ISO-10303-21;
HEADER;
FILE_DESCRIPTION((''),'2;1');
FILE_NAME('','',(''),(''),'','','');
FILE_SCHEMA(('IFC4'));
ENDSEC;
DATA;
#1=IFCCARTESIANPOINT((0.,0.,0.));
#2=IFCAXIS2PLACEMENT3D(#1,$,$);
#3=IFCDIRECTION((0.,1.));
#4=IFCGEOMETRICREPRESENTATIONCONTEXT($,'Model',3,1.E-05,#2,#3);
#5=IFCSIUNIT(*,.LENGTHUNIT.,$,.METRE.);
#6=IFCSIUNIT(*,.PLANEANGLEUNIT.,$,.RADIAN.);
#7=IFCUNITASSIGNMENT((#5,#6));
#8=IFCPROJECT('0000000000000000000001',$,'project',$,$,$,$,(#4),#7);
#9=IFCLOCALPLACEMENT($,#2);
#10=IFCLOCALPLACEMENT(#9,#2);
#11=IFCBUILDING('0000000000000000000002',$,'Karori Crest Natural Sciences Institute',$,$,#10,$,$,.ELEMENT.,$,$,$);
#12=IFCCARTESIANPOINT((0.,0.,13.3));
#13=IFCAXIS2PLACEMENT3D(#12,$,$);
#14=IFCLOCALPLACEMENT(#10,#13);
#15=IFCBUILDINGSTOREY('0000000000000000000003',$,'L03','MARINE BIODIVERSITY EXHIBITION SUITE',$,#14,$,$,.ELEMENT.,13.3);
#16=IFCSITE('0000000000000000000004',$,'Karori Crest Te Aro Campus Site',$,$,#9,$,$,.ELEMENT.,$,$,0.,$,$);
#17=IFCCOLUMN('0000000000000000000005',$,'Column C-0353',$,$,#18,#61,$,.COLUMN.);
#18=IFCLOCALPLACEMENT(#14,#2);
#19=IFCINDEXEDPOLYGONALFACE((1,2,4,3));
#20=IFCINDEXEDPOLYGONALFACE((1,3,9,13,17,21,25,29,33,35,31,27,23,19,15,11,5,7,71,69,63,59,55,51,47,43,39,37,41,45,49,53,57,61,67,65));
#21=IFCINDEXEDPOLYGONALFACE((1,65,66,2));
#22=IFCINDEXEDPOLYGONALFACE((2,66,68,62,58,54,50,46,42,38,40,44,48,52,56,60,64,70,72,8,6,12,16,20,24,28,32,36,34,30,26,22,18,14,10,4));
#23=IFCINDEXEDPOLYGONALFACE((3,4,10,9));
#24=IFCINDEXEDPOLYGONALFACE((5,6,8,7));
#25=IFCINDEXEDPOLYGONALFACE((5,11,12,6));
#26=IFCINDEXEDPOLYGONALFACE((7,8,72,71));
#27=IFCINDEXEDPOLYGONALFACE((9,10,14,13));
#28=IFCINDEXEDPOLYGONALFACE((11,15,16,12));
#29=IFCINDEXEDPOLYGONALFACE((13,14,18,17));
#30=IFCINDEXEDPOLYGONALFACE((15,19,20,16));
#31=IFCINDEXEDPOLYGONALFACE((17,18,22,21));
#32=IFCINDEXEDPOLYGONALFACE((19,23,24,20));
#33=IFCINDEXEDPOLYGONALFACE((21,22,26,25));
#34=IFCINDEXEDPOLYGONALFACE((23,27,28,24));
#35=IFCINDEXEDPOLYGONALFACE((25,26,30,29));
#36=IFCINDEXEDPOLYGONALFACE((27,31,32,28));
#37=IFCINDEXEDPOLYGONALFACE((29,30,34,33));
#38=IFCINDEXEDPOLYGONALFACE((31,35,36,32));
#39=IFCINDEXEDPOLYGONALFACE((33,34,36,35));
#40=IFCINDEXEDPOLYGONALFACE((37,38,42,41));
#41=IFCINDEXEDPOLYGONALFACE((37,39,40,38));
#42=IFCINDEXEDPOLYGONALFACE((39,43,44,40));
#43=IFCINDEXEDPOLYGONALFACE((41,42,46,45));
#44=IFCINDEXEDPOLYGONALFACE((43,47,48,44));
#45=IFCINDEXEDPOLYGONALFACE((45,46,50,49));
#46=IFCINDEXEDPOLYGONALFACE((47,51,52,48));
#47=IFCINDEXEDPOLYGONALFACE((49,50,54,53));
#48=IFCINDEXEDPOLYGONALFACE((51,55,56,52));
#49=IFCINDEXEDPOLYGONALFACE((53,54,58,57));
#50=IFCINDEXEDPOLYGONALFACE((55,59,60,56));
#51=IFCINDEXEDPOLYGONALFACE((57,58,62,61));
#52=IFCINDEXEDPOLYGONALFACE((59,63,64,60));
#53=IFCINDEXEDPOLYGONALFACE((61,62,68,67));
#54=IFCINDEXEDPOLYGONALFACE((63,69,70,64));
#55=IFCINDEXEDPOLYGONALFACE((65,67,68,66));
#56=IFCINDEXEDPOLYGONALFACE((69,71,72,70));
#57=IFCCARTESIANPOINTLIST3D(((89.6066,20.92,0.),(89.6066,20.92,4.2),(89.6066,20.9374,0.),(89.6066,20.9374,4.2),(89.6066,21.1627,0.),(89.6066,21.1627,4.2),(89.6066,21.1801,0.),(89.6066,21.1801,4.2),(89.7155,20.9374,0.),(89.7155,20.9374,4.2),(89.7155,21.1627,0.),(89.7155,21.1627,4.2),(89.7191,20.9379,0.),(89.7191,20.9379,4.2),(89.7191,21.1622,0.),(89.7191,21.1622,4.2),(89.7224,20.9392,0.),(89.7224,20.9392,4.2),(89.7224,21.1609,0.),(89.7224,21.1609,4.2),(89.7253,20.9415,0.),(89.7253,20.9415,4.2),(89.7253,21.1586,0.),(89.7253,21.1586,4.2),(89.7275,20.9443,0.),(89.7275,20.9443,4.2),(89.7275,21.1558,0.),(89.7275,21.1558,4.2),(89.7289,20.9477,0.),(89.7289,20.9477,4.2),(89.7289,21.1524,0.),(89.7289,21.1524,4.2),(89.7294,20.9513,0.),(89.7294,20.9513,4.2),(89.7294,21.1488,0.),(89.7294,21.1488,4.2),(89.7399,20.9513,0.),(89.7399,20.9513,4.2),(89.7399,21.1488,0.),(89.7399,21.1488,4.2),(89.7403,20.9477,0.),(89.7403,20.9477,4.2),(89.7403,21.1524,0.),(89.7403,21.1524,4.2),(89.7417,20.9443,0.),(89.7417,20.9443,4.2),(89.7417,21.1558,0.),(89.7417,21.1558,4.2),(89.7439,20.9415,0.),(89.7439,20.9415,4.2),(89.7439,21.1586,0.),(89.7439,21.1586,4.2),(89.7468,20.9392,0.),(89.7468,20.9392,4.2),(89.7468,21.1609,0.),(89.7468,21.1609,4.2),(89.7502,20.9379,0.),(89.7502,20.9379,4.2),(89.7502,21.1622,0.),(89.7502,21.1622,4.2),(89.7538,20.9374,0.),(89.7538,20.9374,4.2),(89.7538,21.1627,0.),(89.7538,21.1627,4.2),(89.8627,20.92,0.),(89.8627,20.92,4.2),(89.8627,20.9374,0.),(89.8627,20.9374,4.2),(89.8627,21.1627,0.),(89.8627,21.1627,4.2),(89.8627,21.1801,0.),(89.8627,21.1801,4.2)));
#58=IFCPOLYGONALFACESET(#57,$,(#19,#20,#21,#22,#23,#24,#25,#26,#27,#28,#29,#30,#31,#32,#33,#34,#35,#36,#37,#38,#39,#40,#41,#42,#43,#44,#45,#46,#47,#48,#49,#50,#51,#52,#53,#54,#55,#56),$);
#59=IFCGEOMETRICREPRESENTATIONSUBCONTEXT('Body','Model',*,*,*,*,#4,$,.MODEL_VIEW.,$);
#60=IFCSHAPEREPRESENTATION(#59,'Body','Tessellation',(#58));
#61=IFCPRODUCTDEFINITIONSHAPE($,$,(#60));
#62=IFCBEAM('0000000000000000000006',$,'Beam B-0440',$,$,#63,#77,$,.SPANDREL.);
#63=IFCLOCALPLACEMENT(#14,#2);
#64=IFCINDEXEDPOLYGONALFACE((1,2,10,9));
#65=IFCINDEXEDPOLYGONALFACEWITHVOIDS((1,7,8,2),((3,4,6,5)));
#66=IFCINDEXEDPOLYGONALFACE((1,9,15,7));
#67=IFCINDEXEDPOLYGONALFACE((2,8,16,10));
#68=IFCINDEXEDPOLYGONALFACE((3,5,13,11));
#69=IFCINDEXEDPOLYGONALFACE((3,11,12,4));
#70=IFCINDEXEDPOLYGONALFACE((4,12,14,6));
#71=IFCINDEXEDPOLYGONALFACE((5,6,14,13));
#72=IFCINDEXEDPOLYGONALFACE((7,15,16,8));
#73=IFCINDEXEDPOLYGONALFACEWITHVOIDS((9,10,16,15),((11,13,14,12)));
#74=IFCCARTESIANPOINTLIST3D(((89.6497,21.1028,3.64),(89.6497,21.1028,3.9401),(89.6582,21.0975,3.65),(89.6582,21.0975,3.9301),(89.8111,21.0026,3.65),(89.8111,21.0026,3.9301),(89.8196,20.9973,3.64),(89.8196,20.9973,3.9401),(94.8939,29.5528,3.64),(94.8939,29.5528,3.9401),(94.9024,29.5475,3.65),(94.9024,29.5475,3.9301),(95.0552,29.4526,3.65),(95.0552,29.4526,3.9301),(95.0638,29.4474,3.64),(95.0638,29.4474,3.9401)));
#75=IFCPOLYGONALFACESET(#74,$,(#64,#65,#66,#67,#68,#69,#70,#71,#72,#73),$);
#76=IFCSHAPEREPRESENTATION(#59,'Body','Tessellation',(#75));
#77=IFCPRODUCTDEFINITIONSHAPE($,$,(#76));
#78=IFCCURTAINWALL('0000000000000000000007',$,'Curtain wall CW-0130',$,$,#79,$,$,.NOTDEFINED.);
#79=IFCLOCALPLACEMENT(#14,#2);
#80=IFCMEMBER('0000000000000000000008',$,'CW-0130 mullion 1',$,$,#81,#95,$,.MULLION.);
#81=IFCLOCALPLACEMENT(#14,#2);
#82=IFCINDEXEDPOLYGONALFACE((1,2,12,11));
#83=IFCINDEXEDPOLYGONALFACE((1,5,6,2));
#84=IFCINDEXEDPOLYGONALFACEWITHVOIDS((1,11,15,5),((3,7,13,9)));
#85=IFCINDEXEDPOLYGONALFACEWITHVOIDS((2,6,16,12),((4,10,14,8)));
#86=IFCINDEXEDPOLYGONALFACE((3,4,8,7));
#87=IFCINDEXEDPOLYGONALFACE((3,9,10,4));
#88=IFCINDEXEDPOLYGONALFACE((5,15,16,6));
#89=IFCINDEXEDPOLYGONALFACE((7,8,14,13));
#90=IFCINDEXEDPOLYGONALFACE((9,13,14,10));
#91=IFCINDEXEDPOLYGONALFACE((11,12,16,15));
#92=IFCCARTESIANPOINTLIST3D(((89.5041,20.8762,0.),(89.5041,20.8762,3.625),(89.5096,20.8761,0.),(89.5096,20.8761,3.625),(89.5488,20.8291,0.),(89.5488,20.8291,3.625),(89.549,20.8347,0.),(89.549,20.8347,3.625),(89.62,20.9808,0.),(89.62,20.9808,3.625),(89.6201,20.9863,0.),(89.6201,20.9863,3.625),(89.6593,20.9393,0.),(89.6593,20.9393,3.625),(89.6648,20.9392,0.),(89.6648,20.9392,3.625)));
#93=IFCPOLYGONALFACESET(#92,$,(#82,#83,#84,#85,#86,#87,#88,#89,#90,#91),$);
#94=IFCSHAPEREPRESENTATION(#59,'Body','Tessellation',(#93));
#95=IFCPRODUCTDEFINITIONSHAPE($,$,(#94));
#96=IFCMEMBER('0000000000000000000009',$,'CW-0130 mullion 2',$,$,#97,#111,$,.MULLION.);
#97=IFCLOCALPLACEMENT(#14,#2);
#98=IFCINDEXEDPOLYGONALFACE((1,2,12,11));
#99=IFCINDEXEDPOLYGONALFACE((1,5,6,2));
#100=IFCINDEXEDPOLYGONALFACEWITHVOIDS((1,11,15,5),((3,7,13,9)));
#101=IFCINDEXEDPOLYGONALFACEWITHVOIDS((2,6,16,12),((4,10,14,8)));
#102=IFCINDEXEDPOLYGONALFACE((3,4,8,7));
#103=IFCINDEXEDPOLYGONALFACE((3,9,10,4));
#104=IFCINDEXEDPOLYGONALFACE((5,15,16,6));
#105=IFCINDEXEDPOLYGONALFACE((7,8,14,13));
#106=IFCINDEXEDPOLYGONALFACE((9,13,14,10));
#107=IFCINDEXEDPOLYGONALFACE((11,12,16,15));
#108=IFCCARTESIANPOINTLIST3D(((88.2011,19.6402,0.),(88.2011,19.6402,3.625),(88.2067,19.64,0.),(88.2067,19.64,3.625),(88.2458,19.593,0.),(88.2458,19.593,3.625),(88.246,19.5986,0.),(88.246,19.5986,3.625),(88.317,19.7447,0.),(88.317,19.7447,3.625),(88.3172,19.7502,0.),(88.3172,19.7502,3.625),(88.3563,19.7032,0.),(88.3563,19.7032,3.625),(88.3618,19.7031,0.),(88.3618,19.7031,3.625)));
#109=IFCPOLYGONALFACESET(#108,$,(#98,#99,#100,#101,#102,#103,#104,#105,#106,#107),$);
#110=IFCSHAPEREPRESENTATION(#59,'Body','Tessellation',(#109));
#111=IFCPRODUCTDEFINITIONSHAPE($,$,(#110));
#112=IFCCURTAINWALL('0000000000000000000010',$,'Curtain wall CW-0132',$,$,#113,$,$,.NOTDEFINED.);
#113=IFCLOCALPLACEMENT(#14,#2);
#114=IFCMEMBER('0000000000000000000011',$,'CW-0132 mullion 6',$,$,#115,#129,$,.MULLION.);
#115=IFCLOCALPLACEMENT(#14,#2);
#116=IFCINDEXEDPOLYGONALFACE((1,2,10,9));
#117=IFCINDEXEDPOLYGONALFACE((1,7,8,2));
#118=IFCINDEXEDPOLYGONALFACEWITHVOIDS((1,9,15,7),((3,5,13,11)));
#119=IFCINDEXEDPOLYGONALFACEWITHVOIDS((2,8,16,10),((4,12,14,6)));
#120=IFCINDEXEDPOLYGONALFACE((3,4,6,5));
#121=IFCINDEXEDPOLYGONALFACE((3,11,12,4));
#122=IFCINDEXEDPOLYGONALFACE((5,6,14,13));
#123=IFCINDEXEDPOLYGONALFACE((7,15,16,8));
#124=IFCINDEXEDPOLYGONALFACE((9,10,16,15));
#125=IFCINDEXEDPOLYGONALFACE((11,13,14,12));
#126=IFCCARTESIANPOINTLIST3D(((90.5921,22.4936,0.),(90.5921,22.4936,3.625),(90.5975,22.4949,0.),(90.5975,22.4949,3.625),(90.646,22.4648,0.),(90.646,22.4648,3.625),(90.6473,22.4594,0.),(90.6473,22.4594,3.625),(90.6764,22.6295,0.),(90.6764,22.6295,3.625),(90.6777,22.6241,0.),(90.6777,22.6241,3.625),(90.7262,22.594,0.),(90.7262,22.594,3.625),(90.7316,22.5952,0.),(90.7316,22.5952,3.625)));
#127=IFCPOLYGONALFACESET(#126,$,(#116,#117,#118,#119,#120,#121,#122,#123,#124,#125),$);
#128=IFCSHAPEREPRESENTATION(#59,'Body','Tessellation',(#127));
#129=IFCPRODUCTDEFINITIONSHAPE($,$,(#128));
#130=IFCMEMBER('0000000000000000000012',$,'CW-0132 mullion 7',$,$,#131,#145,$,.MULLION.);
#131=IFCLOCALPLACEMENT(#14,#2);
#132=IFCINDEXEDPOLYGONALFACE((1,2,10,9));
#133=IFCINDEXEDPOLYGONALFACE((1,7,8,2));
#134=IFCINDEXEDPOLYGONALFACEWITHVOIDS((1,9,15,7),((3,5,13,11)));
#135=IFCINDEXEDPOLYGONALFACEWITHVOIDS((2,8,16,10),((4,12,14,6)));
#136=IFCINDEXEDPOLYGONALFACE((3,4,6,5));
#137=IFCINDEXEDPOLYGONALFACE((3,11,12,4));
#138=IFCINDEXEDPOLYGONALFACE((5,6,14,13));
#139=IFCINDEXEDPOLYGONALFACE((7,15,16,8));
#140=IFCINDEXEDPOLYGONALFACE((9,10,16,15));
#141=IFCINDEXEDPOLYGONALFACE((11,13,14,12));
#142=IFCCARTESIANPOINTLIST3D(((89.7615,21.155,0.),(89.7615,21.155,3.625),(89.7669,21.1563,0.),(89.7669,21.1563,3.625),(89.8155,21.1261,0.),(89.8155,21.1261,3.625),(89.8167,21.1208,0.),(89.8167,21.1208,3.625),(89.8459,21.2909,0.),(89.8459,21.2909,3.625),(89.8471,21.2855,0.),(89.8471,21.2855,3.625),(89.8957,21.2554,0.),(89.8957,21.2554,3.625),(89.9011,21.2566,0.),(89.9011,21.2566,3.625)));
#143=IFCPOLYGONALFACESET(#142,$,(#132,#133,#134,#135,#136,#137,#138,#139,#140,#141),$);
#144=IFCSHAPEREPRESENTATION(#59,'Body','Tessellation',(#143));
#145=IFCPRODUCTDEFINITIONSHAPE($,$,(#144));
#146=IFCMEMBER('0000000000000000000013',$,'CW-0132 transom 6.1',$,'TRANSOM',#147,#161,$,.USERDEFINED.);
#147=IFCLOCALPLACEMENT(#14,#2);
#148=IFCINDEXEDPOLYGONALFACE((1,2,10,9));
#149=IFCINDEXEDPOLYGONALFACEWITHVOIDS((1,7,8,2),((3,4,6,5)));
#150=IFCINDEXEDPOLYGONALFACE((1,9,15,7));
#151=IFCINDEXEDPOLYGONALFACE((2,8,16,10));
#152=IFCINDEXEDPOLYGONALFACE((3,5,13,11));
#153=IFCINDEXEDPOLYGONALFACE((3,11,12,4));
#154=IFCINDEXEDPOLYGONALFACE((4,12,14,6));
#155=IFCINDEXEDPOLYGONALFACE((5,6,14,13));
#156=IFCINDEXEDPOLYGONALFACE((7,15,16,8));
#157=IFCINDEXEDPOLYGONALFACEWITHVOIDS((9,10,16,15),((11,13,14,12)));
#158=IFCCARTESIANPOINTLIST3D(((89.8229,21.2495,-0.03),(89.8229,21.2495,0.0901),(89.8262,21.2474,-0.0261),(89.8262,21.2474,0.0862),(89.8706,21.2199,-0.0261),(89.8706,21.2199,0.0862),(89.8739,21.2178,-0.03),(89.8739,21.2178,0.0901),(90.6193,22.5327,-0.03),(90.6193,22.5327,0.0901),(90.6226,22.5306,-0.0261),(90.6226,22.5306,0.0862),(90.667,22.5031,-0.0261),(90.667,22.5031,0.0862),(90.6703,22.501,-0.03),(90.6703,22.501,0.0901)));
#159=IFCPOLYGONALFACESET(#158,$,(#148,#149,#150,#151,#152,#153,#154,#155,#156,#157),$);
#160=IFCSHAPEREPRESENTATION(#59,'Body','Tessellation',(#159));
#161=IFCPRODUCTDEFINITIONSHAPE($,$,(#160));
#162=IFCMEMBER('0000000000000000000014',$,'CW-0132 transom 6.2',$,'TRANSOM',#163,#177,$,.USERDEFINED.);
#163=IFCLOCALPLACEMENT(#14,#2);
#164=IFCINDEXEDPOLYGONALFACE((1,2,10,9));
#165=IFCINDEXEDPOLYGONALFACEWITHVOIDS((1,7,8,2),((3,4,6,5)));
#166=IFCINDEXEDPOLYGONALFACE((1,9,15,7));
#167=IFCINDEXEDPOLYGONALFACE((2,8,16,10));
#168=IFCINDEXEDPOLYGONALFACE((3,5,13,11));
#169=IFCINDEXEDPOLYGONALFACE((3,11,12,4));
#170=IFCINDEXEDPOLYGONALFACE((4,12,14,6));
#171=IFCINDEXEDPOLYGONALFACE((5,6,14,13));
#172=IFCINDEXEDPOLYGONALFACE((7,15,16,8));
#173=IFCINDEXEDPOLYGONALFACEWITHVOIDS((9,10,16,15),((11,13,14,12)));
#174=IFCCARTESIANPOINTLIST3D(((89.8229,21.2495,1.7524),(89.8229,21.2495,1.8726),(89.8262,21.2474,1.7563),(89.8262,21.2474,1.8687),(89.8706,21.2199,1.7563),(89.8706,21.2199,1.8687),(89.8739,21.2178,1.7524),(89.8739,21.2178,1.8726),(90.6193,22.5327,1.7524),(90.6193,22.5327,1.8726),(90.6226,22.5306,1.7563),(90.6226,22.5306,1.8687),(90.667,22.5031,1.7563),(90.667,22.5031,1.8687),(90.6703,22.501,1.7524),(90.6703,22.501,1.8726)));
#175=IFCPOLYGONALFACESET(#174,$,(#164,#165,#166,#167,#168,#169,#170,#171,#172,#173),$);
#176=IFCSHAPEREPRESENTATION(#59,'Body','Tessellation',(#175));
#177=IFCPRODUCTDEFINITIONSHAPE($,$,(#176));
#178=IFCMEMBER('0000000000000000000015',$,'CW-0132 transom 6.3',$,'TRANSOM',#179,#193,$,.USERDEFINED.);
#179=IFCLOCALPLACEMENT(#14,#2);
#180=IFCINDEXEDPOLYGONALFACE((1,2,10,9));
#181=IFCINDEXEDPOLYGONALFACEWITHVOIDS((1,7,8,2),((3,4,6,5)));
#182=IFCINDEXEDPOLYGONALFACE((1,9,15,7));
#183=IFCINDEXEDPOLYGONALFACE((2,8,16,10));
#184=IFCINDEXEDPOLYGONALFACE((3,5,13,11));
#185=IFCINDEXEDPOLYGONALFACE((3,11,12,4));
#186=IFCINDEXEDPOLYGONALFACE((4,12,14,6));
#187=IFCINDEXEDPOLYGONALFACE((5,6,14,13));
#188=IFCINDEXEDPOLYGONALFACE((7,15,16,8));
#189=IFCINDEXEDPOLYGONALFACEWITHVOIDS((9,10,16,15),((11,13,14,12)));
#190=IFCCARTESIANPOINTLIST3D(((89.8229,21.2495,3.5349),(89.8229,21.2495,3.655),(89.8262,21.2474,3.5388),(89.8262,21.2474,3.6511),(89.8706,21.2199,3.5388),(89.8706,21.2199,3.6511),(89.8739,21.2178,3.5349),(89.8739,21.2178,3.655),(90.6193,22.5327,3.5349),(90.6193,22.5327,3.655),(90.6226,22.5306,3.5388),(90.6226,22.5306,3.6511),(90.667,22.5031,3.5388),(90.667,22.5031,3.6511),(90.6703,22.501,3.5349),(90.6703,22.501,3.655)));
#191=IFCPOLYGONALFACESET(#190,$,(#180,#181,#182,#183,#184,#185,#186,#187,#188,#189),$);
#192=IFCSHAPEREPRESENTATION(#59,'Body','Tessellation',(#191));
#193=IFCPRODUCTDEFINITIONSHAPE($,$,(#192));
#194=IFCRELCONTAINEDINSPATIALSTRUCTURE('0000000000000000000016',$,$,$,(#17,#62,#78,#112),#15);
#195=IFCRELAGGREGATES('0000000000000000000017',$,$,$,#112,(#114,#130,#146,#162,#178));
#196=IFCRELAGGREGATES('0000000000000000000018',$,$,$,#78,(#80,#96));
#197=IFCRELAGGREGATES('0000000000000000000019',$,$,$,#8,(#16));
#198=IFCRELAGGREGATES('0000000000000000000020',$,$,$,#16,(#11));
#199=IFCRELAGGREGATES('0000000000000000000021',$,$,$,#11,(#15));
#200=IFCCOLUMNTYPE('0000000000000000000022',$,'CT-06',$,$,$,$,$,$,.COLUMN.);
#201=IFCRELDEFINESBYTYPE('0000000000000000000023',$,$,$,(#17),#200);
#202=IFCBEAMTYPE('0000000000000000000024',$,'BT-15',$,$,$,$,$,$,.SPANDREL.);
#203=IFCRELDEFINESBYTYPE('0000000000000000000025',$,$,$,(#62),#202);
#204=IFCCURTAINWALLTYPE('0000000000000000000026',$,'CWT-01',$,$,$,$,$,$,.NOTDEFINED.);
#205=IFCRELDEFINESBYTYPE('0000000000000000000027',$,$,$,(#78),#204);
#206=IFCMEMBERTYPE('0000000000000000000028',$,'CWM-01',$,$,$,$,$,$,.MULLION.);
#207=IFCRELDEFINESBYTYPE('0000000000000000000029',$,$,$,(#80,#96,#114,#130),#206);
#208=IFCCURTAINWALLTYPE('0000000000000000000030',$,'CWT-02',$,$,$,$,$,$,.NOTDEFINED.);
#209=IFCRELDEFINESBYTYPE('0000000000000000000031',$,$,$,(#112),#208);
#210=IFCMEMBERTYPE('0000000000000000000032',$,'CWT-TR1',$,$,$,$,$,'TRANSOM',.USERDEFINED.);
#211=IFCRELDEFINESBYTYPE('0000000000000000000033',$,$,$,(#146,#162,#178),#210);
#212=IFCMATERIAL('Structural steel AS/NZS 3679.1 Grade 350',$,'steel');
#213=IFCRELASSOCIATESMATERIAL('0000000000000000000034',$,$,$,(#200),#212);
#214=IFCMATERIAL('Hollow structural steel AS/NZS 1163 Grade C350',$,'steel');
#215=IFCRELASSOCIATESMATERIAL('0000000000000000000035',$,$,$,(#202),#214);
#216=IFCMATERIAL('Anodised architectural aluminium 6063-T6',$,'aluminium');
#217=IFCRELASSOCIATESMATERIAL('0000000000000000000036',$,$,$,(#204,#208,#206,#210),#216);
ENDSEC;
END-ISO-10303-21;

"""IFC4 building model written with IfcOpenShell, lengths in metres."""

from ifc_helpers import new_model, si_unit, direction, frame, origin, origin_2d, place, context, subcontext, project, spatial, hollow_rectangle, i_section, extrude, material, material_profile, profile_set, type_object, element, aggregate, save


model = new_model("IFC4")

# Units and contexts
model_context = context("Model", 3, precision=1e-05, world=origin(), true_north=direction((0.0, 1.0)))
body_context = subcontext(model_context, "Body", "Model", "MODEL_VIEW")
ifc_project = project(units=[si_unit("LENGTHUNIT", "METRE"), si_unit("PLANEANGLEUNIT", "RADIAN")], contexts=[model_context])

# Site, building, storey
site_placement = place(None, origin())
site = spatial("IfcSite", under=ifc_project, at=site_placement, Name="Karori Crest Te Aro Campus Site", CompositionType="ELEMENT", RefElevation=0.0)
building_placement = place(site_placement, origin())
building = spatial("IfcBuilding", under=site, at=building_placement, Name="Karori Crest Natural Sciences Institute", CompositionType="ELEMENT")
storey_placement = place(building_placement, frame((0.0, 0.0, 13.3)))
storey = spatial("IfcBuildingStorey", under=building, at=storey_placement, Name="L03", Description="MARINE BIODIVERSITY EXHIBITION SUITE", CompositionType="ELEMENT", Elevation=13.3)

# Column
ifc_material_1 = material(Name="Structural steel AS/NZS 3679.1 Grade 350", Category="steel")
ifc_material_profile_1 = material_profile(ifc_material_1, i_section(OverallWidth=0.2561, OverallDepth=0.26, WebThickness=0.0105, FlangeThickness=0.0173, FilletRadius=0.0139, at=origin_2d()), Name="250UC89.5")
ifc_profile_set_1 = profile_set([ifc_material_profile_1], Name="Structural steel AS/NZS 3679.1 Grade 350")
column_type = type_object("IfcColumnType", Name="CT-06", PredefinedType="COLUMN", material=ifc_profile_set_1)
column_placement = place(storey_placement, frame((89.7346, 21.05, 0.0), z_axis=(0.0, 0.0, 1.0), x_axis=(1.0, 0.0, 0.0)))
element("IfcColumn", 1, at=column_placement, inside=storey, type_object=column_type, Name="Column C-0353", PredefinedType="COLUMN", context=body_context, shape_type="SweptSolid", body=[
    extrude(i_section(OverallWidth=0.2561, OverallDepth=0.26, WebThickness=0.0105, FlangeThickness=0.0173, FilletRadius=0.0139, at=origin_2d()), origin(), (0.0, 0.0, 1.0), 4.2),
])

# Beam
ifc_material_2 = material(Name="Hollow structural steel AS/NZS 1163 Grade C350", Category="steel")
ifc_material_profile_2 = material_profile(ifc_material_2, hollow_rectangle(XDim=0.2, YDim=0.3, WallThickness=0.01, at=origin_2d()), Name="RHS300x200x10")
ifc_profile_set_2 = profile_set([ifc_material_profile_2], Name="Hollow structural steel AS/NZS 1163 Grade C350")
beam_type = type_object("IfcBeamType", Name="BT-15", PredefinedType="SPANDREL", material=ifc_profile_set_2)
beam_placement = place(storey_placement, frame((89.7346, 21.05, 3.79), z_axis=(0.527315, 0.84967, 0.0), x_axis=(-0.84967, 0.527315, 0.0)))
element("IfcBeam", 2, at=beam_placement, inside=storey, type_object=beam_type, Name="Beam B-0440", PredefinedType="SPANDREL", context=body_context, shape_type="SweptSolid", body=[
    extrude(hollow_rectangle(XDim=0.2, YDim=0.3, WallThickness=0.01, at=origin_2d()), origin(), (0.0, 0.0, 1.0), 9.9451),
])

# Curtain walls, members
ifc_material_3 = material(Name="Anodised architectural aluminium 6063-T6", Category="aluminium")
curtain_wall_type_1 = type_object("IfcCurtainWallType", Name="CWT-01", PredefinedType="NOTDEFINED", material=ifc_material_3)
curtain_wall_1_placement = place(storey_placement, origin())
curtain_wall_1 = element("IfcCurtainWall", 3, at=curtain_wall_1_placement, inside=storey, type_object=curtain_wall_type_1, Name="Curtain wall CW-0130", PredefinedType="NOTDEFINED")
ifc_material_profile_3 = material_profile(ifc_material_3, hollow_rectangle(XDim=0.0649, YDim=0.1599, WallThickness=0.0039, at=origin_2d()), Name="CWM160x65x4")
ifc_profile_set_3 = profile_set([ifc_material_profile_3], Name="Anodised architectural aluminium 6063-T6")
member_type_1 = type_object("IfcMemberType", Name="CWM-01", PredefinedType="MULLION", material=ifc_profile_set_3)
member_1_placement = place(storey_placement, frame((89.5845, 20.9077, 0.0), z_axis=(0.0, 0.0, 1.0), x_axis=(0.688251, -0.725473, 0.0)))
member_1 = element("IfcMember", 4, at=member_1_placement, type_object=member_type_1, Name="CW-0130 mullion 1", PredefinedType="MULLION", context=body_context, shape_type="SweptSolid", body=[
    extrude(hollow_rectangle(XDim=0.0649, YDim=0.1599, WallThickness=0.0039, at=origin_2d()), origin(), (0.0, 0.0, 1.0), 3.625),
])
member_2_placement = place(storey_placement, frame((88.2815, 19.6716, 0.0), z_axis=(0.0, 0.0, 1.0), x_axis=(0.688251, -0.725473, 0.0)))
member_2 = element("IfcMember", 5, at=member_2_placement, type_object=member_type_1, Name="CW-0130 mullion 2", PredefinedType="MULLION", context=body_context, shape_type="SweptSolid", body=[
    extrude(hollow_rectangle(XDim=0.0649, YDim=0.1599, WallThickness=0.0039, at=origin_2d()), origin(), (0.0, 0.0, 1.0), 3.625),
])
curtain_wall_type_2 = type_object("IfcCurtainWallType", Name="CWT-02", PredefinedType="NOTDEFINED", material=ifc_material_3)
curtain_wall_2_placement = place(storey_placement, origin())
curtain_wall_2 = element("IfcCurtainWall", 6, at=curtain_wall_2_placement, inside=storey, type_object=curtain_wall_type_2, Name="Curtain wall CW-0132", PredefinedType="NOTDEFINED")
member_3_placement = place(storey_placement, frame((90.6619, 22.5444, 0.0), z_axis=(0.0, 0.0, 1.0), x_axis=(0.849664, -0.527324, 0.0)))
member_3 = element("IfcMember", 7, at=member_3_placement, type_object=member_type_1, Name="CW-0132 mullion 6", PredefinedType="MULLION", context=body_context, shape_type="SweptSolid", body=[
    extrude(hollow_rectangle(XDim=0.0649, YDim=0.1599, WallThickness=0.0039, at=origin_2d()), origin(), (0.0, 0.0, 1.0), 3.625),
])
member_4_placement = place(storey_placement, frame((89.8313, 21.2058, 0.0), z_axis=(0.0, 0.0, 1.0), x_axis=(0.849664, -0.527324, 0.0)))
member_4 = element("IfcMember", 8, at=member_4_placement, type_object=member_type_1, Name="CW-0132 mullion 7", PredefinedType="MULLION", context=body_context, shape_type="SweptSolid", body=[
    extrude(hollow_rectangle(XDim=0.0649, YDim=0.1599, WallThickness=0.0039, at=origin_2d()), origin(), (0.0, 0.0, 1.0), 3.625),
])
ifc_material_profile_4 = material_profile(ifc_material_3, hollow_rectangle(XDim=0.0601, YDim=0.1201, WallThickness=0.0039, at=origin_2d()), Name="CWT120x60x4")
ifc_profile_set_4 = profile_set([ifc_material_profile_4], Name="Anodised architectural aluminium 6063-T6")
member_type_2 = type_object("IfcMemberType", Name="CWT-TR1", ElementType="TRANSOM", PredefinedType="USERDEFINED", material=ifc_profile_set_4)
member_5_placement = place(storey_placement, frame((90.6448, 22.5168, 0.03), z_axis=(-0.527323, -0.849665, 0.0), x_axis=(0.849665, -0.527323, 0.0)))
member_5 = element("IfcMember", 9, at=member_5_placement, type_object=member_type_2, Name="CW-0132 transom 6.1", ObjectType="TRANSOM", PredefinedType="USERDEFINED", context=body_context, shape_type="SweptSolid", body=[
    extrude(hollow_rectangle(XDim=0.0601, YDim=0.1201, WallThickness=0.0039, at=origin_2d()), origin(), (0.0, 0.0, 1.0), 1.5103),
])
member_6_placement = place(storey_placement, frame((90.6448, 22.5168, 1.8125), z_axis=(-0.527323, -0.849665, 0.0), x_axis=(0.849665, -0.527323, 0.0)))
member_6 = element("IfcMember", 10, at=member_6_placement, type_object=member_type_2, Name="CW-0132 transom 6.2", ObjectType="TRANSOM", PredefinedType="USERDEFINED", context=body_context, shape_type="SweptSolid", body=[
    extrude(hollow_rectangle(XDim=0.0601, YDim=0.1201, WallThickness=0.0039, at=origin_2d()), origin(), (0.0, 0.0, 1.0), 1.5103),
])
member_7_placement = place(storey_placement, frame((90.6448, 22.5168, 3.595), z_axis=(-0.527323, -0.849665, 0.0), x_axis=(0.849665, -0.527323, 0.0)))
member_7 = element("IfcMember", 11, at=member_7_placement, type_object=member_type_2, Name="CW-0132 transom 6.3", ObjectType="TRANSOM", PredefinedType="USERDEFINED", context=body_context, shape_type="SweptSolid", body=[
    extrude(hollow_rectangle(XDim=0.0601, YDim=0.1201, WallThickness=0.0039, at=origin_2d()), origin(), (0.0, 0.0, 1.0), 1.5103),
])

aggregate(curtain_wall_2, [member_3, member_4, member_5, member_6, member_7])
aggregate(curtain_wall_1, [member_1, member_2])

save(model, "model.ifc")
